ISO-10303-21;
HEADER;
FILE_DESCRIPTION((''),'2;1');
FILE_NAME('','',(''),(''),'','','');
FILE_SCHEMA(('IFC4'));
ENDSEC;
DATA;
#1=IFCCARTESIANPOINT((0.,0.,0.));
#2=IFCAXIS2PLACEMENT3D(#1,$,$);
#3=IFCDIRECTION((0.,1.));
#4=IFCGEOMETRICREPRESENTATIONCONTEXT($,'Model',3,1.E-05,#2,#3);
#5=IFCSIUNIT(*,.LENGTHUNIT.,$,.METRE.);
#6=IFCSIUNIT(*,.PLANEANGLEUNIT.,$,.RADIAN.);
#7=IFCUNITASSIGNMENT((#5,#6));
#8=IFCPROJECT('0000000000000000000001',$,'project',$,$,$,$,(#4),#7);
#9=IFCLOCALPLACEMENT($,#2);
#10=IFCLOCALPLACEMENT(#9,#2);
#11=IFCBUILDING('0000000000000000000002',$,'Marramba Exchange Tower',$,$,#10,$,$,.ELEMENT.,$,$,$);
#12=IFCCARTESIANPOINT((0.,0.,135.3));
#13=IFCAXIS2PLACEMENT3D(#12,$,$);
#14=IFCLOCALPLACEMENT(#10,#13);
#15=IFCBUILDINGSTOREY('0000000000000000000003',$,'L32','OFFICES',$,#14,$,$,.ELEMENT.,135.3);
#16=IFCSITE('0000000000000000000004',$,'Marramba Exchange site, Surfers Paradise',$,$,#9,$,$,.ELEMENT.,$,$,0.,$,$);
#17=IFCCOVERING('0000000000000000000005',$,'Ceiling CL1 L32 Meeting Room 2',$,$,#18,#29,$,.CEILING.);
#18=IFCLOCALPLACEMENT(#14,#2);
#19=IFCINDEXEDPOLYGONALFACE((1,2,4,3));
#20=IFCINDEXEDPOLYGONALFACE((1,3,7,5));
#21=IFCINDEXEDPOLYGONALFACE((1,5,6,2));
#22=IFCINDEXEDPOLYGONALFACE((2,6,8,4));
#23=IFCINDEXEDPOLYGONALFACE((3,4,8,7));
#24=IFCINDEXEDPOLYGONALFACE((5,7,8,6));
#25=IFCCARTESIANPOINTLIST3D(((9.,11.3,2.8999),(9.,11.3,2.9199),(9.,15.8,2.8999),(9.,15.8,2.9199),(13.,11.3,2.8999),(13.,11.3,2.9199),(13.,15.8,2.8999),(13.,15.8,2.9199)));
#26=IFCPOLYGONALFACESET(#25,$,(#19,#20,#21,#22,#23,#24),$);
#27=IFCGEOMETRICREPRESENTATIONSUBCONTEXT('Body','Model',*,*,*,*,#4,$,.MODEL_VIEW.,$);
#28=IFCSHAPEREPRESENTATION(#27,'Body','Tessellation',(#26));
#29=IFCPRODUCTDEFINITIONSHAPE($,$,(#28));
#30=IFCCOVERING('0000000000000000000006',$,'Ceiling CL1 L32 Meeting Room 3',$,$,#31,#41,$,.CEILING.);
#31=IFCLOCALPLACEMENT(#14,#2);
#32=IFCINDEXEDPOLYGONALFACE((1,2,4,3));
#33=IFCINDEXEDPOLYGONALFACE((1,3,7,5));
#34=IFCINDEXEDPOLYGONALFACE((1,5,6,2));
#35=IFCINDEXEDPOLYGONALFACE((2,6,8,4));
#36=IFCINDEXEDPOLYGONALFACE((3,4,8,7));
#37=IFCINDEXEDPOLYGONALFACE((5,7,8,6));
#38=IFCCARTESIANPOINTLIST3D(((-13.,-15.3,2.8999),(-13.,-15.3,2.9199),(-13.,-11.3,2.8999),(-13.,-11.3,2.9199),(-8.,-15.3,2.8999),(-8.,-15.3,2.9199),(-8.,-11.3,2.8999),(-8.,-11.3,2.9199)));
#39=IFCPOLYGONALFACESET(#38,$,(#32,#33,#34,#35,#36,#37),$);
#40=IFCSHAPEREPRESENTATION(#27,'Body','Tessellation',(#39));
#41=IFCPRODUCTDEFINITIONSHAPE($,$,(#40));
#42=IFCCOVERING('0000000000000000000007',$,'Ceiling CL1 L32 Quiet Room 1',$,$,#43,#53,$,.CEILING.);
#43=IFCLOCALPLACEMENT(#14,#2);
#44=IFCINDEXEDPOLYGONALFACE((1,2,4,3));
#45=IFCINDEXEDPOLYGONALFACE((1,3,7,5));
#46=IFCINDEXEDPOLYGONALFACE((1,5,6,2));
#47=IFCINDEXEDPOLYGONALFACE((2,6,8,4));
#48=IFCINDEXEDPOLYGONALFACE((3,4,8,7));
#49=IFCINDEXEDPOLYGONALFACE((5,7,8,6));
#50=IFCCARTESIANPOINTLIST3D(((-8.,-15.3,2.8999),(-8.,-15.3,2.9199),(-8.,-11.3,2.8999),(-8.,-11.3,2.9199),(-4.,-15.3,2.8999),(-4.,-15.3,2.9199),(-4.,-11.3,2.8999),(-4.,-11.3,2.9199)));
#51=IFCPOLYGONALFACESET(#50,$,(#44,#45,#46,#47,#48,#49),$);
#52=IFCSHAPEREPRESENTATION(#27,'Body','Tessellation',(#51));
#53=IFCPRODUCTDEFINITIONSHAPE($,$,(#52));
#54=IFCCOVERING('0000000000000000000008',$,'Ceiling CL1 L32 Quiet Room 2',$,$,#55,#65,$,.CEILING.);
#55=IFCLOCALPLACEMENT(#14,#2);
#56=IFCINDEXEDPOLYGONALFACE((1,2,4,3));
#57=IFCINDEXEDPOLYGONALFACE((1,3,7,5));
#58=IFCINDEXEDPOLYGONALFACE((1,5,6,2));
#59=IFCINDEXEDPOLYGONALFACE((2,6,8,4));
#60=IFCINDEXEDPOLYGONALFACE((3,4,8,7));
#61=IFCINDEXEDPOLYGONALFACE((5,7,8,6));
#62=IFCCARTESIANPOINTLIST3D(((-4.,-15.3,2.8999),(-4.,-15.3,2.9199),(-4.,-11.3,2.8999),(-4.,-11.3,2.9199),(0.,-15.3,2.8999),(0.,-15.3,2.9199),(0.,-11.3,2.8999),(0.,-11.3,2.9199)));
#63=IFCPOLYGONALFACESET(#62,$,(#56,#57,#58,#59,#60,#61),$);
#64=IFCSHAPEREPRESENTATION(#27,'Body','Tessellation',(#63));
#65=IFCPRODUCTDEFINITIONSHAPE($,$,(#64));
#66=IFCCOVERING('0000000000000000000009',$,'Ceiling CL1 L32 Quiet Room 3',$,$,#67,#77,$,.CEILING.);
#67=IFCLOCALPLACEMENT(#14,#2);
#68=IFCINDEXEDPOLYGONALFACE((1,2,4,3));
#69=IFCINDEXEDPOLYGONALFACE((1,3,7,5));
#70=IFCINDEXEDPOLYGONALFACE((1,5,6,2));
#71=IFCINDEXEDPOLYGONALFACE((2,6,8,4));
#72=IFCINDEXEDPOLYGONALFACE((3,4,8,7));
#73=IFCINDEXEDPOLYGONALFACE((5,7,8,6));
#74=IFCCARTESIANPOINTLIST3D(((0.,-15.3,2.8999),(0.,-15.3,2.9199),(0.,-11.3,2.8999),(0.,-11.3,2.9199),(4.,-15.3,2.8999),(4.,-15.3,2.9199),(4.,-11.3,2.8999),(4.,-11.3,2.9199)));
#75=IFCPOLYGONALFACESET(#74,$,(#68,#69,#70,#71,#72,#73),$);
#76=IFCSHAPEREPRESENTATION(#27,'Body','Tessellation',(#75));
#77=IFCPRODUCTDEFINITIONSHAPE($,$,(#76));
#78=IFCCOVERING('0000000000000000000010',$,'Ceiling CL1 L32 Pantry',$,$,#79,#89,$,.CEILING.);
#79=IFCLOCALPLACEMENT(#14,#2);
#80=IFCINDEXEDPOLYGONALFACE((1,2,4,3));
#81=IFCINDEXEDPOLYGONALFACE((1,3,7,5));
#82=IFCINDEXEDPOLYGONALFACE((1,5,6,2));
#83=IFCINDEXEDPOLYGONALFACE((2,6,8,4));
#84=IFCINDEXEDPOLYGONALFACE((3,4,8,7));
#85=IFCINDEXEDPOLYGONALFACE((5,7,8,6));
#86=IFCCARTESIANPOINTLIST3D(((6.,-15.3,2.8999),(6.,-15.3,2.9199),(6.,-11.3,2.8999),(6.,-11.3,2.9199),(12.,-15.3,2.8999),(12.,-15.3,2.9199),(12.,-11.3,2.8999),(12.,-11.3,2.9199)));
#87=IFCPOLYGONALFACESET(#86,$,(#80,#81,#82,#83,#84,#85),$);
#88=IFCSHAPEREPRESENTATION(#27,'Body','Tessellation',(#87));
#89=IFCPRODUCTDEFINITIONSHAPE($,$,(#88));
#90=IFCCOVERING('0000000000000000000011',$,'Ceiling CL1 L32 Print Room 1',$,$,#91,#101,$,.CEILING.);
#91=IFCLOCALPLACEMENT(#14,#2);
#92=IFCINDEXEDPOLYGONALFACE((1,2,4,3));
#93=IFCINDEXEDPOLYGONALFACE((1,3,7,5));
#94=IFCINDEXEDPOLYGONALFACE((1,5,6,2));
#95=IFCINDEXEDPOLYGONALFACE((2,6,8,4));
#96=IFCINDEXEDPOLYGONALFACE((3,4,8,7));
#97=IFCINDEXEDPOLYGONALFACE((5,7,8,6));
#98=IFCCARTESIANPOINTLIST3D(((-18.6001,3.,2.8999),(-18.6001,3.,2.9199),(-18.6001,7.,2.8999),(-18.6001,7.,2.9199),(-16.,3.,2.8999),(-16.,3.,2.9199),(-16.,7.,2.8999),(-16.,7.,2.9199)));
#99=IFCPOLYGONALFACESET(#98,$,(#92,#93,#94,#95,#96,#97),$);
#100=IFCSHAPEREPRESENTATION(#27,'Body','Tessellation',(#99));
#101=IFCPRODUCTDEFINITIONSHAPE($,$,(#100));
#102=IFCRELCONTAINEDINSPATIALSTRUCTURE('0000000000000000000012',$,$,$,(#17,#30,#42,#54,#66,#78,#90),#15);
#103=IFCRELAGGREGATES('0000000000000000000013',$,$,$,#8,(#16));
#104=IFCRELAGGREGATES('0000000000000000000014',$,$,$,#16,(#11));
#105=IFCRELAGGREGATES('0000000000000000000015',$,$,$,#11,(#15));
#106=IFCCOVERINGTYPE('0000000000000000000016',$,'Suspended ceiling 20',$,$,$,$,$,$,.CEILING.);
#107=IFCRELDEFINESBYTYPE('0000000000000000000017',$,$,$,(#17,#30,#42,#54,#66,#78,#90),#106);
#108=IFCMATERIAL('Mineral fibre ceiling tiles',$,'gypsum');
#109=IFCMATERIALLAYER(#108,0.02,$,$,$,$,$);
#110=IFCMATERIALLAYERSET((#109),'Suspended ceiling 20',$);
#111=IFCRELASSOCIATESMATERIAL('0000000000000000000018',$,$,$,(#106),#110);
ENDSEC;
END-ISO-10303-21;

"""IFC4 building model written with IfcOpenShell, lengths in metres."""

from ifc_helpers import new_model, si_unit, direction, frame, origin, place, context, subcontext, project, spatial, polyline, outline, extrude, material, layer, layer_set, type_object, element, save


model = new_model("IFC4")

# Units and contexts
model_context = context("Model", 3, precision=1e-05, world=origin(), true_north=direction((0.0, 1.0)))
body_context = subcontext(model_context, "Body", "Model", "MODEL_VIEW")
ifc_project = project(units=[si_unit("LENGTHUNIT", "METRE"), si_unit("PLANEANGLEUNIT", "RADIAN")], contexts=[model_context])

# Site, building, storey
site_placement = place(None, origin())
site = spatial("IfcSite", under=ifc_project, at=site_placement, Name="Marramba Exchange site, Surfers Paradise", CompositionType="ELEMENT", RefElevation=0.0)
building_placement = place(site_placement, origin())
building = spatial("IfcBuilding", under=site, at=building_placement, Name="Marramba Exchange Tower", CompositionType="ELEMENT")
storey_placement = place(building_placement, frame((0.0, 0.0, 135.3)))
storey = spatial("IfcBuildingStorey", under=building, at=storey_placement, Name="L32", Description="OFFICES", CompositionType="ELEMENT", Elevation=135.3)

# Coverings
ifc_material_1 = material(Name="Mineral fibre ceiling tiles", Category="gypsum")
ifc_layer_1 = layer(ifc_material_1, 0.02)
ifc_layer_set_1 = layer_set([ifc_layer_1], Name="Suspended ceiling 20")
covering_type = type_object("IfcCoveringType", Name="Suspended ceiling 20", PredefinedType="CEILING", material=ifc_layer_set_1)
covering_1_placement = place(storey_placement, frame((0.0, 0.0, 2.8999)))
element("IfcCovering", 1, at=covering_1_placement, inside=storey, type_object=covering_type, Name="Ceiling CL1 L32 Meeting Room 2", PredefinedType="CEILING", context=body_context, shape_type="SweptSolid", body=[
    extrude(outline(polyline([(13.0, 15.8), (13.0, 11.3), (9.0, 11.3), (9.0, 15.8), (13.0, 15.8)])), origin(), (0.0, 0.0, 1.0), 0.02),
])
covering_2_placement = place(storey_placement, frame((0.0, 0.0, 2.8999)))
element("IfcCovering", 2, at=covering_2_placement, inside=storey, type_object=covering_type, Name="Ceiling CL1 L32 Meeting Room 3", PredefinedType="CEILING", context=body_context, shape_type="SweptSolid", body=[
    extrude(outline(polyline([(-8.0, -15.3), (-13.0, -15.3), (-13.0, -11.3), (-8.0, -11.3), (-8.0, -15.3)])), origin(), (0.0, 0.0, 1.0), 0.02),
])
covering_3_placement = place(storey_placement, frame((0.0, 0.0, 2.8999)))
element("IfcCovering", 3, at=covering_3_placement, inside=storey, type_object=covering_type, Name="Ceiling CL1 L32 Quiet Room 1", PredefinedType="CEILING", context=body_context, shape_type="SweptSolid", body=[
    extrude(outline(polyline([(-4.0, -15.3), (-8.0, -15.3), (-8.0, -11.3), (-4.0, -11.3), (-4.0, -15.3)])), origin(), (0.0, 0.0, 1.0), 0.02),
])
covering_4_placement = place(storey_placement, frame((0.0, 0.0, 2.8999)))
element("IfcCovering", 4, at=covering_4_placement, inside=storey, type_object=covering_type, Name="Ceiling CL1 L32 Quiet Room 2", PredefinedType="CEILING", context=body_context, shape_type="SweptSolid", body=[
    extrude(outline(polyline([(0.0, -15.3), (-4.0, -15.3), (-4.0, -11.3), (0.0, -11.3), (0.0, -15.3)])), origin(), (0.0, 0.0, 1.0), 0.02),
])
covering_5_placement = place(storey_placement, frame((0.0, 0.0, 2.8999)))
element("IfcCovering", 5, at=covering_5_placement, inside=storey, type_object=covering_type, Name="Ceiling CL1 L32 Quiet Room 3", PredefinedType="CEILING", context=body_context, shape_type="SweptSolid", body=[
    extrude(outline(polyline([(4.0, -15.3), (0.0, -15.3), (0.0, -11.3), (4.0, -11.3), (4.0, -15.3)])), origin(), (0.0, 0.0, 1.0), 0.02),
])
covering_6_placement = place(storey_placement, frame((0.0, 0.0, 2.8999)))
element("IfcCovering", 6, at=covering_6_placement, inside=storey, type_object=covering_type, Name="Ceiling CL1 L32 Pantry", PredefinedType="CEILING", context=body_context, shape_type="SweptSolid", body=[
    extrude(outline(polyline([(12.0, -15.3), (6.0, -15.3), (6.0, -11.3), (12.0, -11.3), (12.0, -15.3)])), origin(), (0.0, 0.0, 1.0), 0.02),
])
covering_7_placement = place(storey_placement, frame((0.0, 0.0, 2.8999)))
element("IfcCovering", 7, at=covering_7_placement, inside=storey, type_object=covering_type, Name="Ceiling CL1 L32 Print Room 1", PredefinedType="CEILING", context=body_context, shape_type="SweptSolid", body=[
    extrude(outline(polyline([(-16.0, 3.0), (-18.6001, 3.0), (-18.6001, 7.0), (-16.0, 7.0), (-16.0, 3.0)])), origin(), (0.0, 0.0, 1.0), 0.02),
])

save(model, "model.ifc")
